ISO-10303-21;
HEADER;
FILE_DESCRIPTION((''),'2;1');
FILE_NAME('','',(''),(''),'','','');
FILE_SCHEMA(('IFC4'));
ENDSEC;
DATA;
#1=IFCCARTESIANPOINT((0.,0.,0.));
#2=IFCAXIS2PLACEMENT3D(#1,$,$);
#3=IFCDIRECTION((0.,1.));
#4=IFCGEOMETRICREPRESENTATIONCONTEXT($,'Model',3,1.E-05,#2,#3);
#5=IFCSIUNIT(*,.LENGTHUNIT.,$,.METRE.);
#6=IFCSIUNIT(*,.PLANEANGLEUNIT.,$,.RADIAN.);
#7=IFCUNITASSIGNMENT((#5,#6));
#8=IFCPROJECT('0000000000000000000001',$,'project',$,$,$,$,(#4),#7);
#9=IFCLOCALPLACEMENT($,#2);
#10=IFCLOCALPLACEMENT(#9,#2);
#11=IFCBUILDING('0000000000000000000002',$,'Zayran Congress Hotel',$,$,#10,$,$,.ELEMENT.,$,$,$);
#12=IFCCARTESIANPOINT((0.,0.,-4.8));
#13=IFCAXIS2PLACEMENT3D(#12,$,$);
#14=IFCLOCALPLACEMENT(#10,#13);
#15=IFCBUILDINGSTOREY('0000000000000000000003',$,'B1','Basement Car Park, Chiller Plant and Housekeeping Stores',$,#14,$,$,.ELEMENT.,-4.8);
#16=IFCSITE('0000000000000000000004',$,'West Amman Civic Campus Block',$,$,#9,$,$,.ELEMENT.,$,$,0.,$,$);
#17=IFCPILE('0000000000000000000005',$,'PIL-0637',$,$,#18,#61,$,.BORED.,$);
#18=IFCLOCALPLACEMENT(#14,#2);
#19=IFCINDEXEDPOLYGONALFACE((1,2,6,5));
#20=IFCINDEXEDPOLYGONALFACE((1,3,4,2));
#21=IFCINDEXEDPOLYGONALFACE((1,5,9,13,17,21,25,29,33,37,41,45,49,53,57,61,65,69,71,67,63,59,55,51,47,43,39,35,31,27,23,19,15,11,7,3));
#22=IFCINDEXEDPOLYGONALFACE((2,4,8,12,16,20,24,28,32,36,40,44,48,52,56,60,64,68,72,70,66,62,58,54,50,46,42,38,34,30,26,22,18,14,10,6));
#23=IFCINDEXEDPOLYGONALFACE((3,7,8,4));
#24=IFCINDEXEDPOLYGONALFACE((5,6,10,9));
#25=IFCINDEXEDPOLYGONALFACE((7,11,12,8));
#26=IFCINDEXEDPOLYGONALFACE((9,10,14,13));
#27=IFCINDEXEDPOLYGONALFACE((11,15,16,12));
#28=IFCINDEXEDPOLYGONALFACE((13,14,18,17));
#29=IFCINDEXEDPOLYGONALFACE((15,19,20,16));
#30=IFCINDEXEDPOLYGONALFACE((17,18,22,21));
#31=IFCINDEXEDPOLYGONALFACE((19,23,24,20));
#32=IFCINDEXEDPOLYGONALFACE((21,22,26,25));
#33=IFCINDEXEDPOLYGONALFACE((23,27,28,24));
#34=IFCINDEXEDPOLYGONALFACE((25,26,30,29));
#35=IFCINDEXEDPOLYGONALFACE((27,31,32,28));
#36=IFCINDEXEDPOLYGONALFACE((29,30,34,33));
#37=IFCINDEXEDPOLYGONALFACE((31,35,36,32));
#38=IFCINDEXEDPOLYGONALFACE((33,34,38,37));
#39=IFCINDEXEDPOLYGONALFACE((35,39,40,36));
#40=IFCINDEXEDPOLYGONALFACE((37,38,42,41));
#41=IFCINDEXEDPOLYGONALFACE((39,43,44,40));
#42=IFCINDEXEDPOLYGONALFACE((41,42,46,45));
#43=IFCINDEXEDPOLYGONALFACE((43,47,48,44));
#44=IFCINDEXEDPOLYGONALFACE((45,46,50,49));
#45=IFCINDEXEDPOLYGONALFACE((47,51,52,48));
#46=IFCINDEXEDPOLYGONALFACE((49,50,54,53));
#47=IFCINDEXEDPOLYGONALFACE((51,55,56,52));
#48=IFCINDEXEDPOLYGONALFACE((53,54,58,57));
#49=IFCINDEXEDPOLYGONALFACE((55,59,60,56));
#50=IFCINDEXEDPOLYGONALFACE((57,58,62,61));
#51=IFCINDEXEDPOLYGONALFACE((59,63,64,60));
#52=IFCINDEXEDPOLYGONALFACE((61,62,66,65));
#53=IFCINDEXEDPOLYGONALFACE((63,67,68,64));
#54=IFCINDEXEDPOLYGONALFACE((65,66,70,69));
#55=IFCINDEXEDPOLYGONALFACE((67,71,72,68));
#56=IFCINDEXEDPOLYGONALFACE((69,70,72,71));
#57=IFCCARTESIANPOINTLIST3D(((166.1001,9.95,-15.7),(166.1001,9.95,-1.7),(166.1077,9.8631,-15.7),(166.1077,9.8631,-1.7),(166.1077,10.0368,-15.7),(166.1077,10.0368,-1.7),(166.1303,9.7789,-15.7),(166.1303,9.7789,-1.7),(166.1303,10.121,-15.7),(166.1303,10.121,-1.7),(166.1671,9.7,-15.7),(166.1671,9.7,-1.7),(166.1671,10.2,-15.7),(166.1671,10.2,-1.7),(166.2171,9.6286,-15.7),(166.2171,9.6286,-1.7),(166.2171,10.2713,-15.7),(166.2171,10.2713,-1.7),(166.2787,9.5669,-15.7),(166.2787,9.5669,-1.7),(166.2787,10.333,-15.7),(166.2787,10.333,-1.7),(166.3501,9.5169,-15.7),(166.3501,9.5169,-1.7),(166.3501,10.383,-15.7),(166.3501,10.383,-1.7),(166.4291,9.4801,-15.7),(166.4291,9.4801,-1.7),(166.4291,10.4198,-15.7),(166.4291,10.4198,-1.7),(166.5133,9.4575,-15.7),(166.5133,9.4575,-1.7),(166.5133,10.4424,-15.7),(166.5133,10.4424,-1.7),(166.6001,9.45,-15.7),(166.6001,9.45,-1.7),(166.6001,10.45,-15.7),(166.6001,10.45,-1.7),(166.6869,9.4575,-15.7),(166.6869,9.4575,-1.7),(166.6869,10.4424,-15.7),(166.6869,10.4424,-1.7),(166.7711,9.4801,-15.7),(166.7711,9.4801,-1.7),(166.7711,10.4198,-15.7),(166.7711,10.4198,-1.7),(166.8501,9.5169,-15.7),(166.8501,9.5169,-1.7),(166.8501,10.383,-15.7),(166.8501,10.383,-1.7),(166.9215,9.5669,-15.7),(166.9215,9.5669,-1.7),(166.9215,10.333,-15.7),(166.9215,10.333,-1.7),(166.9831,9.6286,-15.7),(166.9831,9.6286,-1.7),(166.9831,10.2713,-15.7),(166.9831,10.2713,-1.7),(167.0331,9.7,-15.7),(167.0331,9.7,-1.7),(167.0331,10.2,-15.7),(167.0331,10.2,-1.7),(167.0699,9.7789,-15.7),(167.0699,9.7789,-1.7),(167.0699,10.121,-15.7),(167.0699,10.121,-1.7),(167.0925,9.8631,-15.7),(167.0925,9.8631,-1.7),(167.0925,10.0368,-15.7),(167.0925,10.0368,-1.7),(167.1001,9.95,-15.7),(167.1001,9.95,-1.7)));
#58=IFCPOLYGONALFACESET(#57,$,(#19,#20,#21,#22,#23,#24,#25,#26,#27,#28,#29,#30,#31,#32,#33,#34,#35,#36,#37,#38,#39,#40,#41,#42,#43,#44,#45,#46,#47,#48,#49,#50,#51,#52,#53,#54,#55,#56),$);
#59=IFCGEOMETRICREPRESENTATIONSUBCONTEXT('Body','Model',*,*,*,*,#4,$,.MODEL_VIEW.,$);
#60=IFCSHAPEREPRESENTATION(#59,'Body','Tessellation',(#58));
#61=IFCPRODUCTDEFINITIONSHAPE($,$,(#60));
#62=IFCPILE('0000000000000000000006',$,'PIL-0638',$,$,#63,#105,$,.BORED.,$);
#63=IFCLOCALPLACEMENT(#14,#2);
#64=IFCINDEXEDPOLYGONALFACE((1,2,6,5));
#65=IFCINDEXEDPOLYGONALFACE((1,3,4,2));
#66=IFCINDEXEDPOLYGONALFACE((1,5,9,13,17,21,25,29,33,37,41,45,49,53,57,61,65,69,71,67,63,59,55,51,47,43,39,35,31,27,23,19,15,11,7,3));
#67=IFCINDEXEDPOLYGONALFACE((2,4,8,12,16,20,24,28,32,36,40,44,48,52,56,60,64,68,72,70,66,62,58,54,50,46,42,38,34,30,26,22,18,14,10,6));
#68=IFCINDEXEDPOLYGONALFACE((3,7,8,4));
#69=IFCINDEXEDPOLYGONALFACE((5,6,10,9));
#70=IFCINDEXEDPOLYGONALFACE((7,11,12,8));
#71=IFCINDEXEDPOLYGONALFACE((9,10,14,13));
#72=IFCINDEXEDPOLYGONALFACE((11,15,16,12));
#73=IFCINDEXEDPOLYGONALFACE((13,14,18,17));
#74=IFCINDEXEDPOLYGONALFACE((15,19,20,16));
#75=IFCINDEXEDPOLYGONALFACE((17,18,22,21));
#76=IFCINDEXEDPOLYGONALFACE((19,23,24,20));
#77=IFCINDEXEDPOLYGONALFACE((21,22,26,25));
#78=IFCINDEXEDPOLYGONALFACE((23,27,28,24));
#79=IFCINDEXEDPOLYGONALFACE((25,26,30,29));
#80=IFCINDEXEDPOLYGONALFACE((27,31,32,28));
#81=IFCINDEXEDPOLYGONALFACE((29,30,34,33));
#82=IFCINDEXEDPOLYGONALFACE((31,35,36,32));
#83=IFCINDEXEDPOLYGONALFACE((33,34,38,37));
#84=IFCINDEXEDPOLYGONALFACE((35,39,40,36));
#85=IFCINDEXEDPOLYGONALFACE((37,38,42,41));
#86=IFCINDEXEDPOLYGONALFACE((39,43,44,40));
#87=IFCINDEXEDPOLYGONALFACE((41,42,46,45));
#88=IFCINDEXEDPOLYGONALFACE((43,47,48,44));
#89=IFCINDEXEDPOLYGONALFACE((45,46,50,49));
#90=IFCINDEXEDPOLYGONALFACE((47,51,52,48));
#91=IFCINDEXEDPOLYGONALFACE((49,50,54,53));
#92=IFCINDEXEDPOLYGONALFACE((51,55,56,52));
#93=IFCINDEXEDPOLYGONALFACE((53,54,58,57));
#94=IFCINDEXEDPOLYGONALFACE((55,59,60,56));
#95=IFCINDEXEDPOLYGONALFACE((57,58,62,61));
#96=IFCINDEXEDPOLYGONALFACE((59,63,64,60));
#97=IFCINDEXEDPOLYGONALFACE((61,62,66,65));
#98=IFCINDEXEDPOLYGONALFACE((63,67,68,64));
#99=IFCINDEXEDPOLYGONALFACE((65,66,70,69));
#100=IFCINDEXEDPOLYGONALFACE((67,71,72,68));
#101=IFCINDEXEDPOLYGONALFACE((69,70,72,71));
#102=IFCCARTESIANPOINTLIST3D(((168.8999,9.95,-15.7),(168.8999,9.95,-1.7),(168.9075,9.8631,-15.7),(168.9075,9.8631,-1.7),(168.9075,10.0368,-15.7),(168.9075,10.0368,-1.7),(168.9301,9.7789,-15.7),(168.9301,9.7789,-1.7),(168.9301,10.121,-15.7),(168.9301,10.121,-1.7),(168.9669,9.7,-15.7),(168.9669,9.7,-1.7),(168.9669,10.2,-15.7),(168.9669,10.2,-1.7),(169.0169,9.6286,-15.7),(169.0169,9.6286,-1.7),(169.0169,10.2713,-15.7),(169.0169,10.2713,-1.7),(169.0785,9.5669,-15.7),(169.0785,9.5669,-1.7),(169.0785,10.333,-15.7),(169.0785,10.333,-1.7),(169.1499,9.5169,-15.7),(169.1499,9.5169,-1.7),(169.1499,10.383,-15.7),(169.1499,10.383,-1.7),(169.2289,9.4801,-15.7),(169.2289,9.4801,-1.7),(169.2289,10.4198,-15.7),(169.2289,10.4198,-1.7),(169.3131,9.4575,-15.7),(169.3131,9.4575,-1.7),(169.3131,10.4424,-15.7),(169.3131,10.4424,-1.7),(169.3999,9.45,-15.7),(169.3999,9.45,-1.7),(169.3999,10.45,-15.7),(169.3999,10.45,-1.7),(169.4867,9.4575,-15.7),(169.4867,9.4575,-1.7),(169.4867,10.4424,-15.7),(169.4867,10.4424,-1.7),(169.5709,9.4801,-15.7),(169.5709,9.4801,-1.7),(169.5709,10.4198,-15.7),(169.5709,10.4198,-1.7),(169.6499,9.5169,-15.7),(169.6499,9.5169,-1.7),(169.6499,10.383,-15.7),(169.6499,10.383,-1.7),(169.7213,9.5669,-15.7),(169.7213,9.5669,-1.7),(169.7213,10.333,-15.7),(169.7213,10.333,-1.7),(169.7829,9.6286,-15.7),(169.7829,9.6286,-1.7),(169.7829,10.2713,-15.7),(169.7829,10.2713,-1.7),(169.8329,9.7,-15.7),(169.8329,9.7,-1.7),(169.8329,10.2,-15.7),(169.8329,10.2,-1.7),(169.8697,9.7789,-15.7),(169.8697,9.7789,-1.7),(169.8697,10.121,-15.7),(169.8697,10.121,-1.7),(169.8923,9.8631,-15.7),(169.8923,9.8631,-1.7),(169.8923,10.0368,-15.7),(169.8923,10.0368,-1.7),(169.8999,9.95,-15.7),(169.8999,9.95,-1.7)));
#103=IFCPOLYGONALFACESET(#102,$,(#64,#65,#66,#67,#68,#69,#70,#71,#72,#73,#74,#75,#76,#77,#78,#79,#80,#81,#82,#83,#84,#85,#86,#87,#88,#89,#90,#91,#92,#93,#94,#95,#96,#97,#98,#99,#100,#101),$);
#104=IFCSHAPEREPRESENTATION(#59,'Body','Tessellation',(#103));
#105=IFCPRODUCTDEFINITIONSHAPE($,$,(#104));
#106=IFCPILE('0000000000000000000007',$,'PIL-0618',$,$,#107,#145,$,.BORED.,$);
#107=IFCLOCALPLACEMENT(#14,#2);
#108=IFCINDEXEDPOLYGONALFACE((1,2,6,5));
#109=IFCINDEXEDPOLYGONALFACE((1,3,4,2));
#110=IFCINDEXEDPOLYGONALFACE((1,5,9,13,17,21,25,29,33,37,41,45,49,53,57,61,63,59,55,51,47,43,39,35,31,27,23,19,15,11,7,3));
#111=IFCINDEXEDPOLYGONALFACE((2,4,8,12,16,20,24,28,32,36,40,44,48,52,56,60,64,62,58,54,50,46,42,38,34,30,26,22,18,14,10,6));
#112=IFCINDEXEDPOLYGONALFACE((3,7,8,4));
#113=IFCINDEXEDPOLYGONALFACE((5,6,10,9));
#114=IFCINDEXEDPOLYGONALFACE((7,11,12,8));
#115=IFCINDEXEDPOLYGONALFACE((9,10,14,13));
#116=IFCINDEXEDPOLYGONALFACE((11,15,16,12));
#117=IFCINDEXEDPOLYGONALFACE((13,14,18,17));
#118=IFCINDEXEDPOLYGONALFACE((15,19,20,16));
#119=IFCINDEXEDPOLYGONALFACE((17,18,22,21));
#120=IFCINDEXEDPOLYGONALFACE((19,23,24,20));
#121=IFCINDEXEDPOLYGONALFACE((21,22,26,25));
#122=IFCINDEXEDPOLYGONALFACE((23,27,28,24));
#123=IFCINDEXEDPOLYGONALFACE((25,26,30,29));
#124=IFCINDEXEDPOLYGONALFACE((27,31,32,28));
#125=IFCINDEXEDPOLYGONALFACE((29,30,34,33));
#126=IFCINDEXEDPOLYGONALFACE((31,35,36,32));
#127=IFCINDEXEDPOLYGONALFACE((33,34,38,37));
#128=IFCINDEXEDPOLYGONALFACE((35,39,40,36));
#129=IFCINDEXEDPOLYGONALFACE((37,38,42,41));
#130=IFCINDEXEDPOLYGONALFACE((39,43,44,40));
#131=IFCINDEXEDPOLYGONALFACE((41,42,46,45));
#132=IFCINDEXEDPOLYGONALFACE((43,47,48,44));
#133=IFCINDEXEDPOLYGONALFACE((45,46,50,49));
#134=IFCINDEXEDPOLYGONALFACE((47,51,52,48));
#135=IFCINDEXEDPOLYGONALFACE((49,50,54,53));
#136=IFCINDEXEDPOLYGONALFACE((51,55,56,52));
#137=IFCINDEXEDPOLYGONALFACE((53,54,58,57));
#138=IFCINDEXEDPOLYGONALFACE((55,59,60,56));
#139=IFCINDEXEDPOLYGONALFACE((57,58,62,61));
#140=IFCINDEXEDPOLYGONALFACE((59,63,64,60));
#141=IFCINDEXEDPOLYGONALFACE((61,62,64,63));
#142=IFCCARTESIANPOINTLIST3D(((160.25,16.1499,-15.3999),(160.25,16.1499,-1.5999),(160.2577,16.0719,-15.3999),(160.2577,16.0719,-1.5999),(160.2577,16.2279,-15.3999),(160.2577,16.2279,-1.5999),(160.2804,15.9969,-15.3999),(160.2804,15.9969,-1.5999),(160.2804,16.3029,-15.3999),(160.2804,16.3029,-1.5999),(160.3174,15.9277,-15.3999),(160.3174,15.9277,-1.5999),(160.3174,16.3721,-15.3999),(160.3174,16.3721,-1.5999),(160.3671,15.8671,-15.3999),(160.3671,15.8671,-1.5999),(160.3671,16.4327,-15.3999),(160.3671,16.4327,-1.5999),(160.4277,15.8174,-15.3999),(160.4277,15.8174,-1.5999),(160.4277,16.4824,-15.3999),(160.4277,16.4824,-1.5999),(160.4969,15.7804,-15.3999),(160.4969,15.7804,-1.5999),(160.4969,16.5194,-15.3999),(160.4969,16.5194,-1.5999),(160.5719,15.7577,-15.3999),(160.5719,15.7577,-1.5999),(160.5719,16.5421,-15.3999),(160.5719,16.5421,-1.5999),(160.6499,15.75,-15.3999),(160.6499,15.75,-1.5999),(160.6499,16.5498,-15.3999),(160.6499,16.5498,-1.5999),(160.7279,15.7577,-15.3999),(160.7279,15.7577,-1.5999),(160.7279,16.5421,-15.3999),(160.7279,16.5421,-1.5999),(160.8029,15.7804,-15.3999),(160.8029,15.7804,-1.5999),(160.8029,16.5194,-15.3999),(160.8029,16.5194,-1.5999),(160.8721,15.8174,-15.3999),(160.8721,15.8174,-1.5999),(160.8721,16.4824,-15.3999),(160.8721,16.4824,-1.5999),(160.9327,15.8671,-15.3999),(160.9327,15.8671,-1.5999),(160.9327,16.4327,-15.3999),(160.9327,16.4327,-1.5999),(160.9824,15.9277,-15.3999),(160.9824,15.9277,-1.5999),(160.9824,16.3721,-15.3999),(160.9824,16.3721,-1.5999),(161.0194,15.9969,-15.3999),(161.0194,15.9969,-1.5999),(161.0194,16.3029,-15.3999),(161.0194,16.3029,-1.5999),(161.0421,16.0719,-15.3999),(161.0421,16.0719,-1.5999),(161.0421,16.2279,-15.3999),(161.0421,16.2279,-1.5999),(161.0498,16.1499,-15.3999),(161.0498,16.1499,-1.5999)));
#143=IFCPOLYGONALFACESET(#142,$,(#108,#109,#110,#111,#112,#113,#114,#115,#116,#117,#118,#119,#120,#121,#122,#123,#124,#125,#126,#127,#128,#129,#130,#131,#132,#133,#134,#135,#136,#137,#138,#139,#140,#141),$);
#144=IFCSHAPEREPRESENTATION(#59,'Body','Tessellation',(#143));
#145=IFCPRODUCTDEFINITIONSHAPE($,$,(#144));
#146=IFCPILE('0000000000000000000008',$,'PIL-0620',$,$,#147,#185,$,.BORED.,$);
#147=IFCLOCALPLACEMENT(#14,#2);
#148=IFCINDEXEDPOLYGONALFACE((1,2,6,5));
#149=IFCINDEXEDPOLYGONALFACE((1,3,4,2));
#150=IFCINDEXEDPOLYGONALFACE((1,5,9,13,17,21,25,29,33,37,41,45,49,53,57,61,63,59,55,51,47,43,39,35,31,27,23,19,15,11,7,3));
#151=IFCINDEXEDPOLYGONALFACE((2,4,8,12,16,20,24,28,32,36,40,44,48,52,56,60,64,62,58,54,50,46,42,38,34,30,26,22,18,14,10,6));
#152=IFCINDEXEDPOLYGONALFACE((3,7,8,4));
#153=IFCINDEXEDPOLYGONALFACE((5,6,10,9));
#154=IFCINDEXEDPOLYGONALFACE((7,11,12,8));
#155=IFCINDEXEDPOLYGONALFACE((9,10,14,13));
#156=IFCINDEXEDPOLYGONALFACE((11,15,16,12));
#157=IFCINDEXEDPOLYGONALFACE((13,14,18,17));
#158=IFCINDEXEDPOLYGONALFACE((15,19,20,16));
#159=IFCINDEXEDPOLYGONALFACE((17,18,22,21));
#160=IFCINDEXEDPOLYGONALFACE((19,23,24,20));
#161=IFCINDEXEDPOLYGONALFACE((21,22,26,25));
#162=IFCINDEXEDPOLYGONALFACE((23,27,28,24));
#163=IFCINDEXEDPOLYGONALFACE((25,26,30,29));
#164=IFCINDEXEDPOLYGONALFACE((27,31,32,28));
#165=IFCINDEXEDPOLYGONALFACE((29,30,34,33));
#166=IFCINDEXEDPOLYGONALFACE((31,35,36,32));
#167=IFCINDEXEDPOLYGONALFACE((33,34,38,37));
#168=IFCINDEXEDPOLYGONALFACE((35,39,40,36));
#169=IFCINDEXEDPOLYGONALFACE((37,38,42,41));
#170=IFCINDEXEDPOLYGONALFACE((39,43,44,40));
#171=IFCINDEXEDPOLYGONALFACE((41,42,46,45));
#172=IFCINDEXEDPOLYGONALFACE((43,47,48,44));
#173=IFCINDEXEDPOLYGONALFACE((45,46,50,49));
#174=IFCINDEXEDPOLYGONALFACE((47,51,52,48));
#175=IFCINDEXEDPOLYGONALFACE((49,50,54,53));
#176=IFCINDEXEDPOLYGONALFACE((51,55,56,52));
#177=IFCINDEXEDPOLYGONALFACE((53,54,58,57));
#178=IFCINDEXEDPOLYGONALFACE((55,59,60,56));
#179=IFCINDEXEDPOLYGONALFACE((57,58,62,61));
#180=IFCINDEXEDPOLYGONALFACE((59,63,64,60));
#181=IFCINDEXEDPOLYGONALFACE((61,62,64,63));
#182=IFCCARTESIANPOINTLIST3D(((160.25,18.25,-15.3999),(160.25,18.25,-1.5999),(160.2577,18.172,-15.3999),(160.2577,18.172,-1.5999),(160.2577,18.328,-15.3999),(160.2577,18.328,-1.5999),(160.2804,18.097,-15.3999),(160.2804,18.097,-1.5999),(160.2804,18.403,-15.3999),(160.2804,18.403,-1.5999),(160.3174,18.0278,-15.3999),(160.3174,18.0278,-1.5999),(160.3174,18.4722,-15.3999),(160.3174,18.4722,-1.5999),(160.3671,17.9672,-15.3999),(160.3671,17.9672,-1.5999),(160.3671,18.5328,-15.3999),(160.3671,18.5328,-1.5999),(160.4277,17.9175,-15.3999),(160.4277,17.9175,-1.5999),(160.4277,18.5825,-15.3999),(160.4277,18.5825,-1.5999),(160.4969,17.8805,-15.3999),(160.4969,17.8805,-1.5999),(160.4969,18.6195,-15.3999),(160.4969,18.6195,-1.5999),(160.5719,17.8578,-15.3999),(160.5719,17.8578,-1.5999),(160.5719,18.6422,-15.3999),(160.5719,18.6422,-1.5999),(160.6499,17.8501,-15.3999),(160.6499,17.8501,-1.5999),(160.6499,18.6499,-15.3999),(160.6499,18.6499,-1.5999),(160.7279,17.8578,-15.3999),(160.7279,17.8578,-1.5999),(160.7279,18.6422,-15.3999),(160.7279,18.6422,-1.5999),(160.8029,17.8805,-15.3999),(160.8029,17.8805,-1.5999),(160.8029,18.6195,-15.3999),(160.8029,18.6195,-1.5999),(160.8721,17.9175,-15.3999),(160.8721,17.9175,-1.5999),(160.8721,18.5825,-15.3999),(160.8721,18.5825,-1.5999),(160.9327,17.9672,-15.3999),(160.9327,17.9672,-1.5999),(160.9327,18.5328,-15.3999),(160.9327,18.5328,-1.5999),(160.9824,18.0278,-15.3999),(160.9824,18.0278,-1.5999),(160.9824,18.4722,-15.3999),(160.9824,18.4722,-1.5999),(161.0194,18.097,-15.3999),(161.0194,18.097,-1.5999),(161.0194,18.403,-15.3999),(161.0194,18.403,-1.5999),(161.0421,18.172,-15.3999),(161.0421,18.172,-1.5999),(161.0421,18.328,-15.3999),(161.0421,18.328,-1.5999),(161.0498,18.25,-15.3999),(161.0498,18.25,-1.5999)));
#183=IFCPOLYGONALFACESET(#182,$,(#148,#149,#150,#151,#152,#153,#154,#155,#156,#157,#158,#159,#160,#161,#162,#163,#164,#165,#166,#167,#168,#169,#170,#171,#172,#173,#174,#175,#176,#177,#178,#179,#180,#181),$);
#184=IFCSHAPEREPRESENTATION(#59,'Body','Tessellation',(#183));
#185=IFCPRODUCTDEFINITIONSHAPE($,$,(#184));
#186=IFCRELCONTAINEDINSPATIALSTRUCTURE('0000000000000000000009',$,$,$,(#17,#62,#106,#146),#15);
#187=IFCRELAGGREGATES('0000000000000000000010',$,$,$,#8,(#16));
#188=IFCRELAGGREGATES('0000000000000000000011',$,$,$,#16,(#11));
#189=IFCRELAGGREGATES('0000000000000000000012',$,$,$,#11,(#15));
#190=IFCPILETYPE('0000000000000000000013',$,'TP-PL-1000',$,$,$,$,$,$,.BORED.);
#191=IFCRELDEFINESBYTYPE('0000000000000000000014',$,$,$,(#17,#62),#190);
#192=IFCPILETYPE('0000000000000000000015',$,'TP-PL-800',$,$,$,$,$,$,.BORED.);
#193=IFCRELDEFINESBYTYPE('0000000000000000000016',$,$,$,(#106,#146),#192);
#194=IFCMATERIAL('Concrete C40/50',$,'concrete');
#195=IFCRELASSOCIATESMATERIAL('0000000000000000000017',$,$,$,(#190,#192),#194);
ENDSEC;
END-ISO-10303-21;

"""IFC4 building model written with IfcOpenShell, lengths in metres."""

from ifc_helpers import new_model, si_unit, direction, frame, origin, origin_2d, place, context, subcontext, project, spatial, circle, extrude, material, material_profile, profile_set, type_object, element, save


model = new_model("IFC4")

# Units and contexts
model_context = context("Model", 3, precision=1e-05, world=origin(), true_north=direction((0.0, 1.0)))
body_context = subcontext(model_context, "Body", "Model", "MODEL_VIEW")
ifc_project = project(units=[si_unit("LENGTHUNIT", "METRE"), si_unit("PLANEANGLEUNIT", "RADIAN")], contexts=[model_context])

# Site, building, storey
site_placement = place(None, origin())
site = spatial("IfcSite", under=ifc_project, at=site_placement, Name="West Amman Civic Campus Block", CompositionType="ELEMENT", RefElevation=0.0)
building_placement = place(site_placement, origin())
building = spatial("IfcBuilding", under=site, at=building_placement, Name="Zayran Congress Hotel", CompositionType="ELEMENT")
storey_placement = place(building_placement, frame((0.0, 0.0, -4.8)))
storey = spatial("IfcBuildingStorey", under=building, at=storey_placement, Name="B1", Description="Basement Car Park, Chiller Plant and Housekeeping Stores", CompositionType="ELEMENT", Elevation=-4.8)

# Piles
ifc_material_1 = material(Name="Concrete C40/50", Category="concrete")
ifc_material_profile_1 = material_profile(ifc_material_1, circle(Radius=0.5, at=origin_2d()), Name="PILE D1000")
ifc_profile_set_1 = profile_set([ifc_material_profile_1], Name="Concrete C40/50")
pile_type_1 = type_object("IfcPileType", Name="TP-PL-1000", PredefinedType="BORED", material=ifc_profile_set_1)
for number, where, z_axis, x_axis, name in (
    (1, (166.6001, 9.95, -1.7), (0.0, 0.0, -1.0), (1.0, 0.0, 0.0), "PIL-0637"),
    (2, (169.3999, 9.95, -1.7), (0.0, 0.0, -1.0), (1.0, 0.0, 0.0), "PIL-0638"),
):
    element("IfcPile", number, at=place(storey_placement, frame(where, z_axis=z_axis, x_axis=x_axis)), inside=storey, type_object=pile_type_1, Name=name, PredefinedType="BORED", context=body_context, shape_type="SweptSolid", body=[
        extrude(circle(Radius=0.5, at=origin_2d()), origin(), (0.0, 0.0, 1.0), 14.0),
    ])
ifc_material_profile_2 = material_profile(ifc_material_1, circle(Radius=0.3999, at=origin_2d()), Name="PILE D800")
ifc_profile_set_2 = profile_set([ifc_material_profile_2], Name="Concrete C40/50")
pile_type_2 = type_object("IfcPileType", Name="TP-PL-800", PredefinedType="BORED", material=ifc_profile_set_2)
for number, where, z_axis, x_axis, name in (
    (3, (160.6499, 16.1499, -1.5999), (0.0, 0.0, -1.0), (1.0, 0.0, 0.0), "PIL-0618"),
    (4, (160.6499, 18.25, -1.5999), (0.0, 0.0, -1.0), (1.0, 0.0, 0.0), "PIL-0620"),
):
    element("IfcPile", number, at=place(storey_placement, frame(where, z_axis=z_axis, x_axis=x_axis)), inside=storey, type_object=pile_type_2, Name=name, PredefinedType="BORED", context=body_context, shape_type="SweptSolid", body=[
        extrude(circle(Radius=0.3999, at=origin_2d()), origin(), (0.0, 0.0, 1.0), 13.8),
    ])

save(model, "model.ifc")
